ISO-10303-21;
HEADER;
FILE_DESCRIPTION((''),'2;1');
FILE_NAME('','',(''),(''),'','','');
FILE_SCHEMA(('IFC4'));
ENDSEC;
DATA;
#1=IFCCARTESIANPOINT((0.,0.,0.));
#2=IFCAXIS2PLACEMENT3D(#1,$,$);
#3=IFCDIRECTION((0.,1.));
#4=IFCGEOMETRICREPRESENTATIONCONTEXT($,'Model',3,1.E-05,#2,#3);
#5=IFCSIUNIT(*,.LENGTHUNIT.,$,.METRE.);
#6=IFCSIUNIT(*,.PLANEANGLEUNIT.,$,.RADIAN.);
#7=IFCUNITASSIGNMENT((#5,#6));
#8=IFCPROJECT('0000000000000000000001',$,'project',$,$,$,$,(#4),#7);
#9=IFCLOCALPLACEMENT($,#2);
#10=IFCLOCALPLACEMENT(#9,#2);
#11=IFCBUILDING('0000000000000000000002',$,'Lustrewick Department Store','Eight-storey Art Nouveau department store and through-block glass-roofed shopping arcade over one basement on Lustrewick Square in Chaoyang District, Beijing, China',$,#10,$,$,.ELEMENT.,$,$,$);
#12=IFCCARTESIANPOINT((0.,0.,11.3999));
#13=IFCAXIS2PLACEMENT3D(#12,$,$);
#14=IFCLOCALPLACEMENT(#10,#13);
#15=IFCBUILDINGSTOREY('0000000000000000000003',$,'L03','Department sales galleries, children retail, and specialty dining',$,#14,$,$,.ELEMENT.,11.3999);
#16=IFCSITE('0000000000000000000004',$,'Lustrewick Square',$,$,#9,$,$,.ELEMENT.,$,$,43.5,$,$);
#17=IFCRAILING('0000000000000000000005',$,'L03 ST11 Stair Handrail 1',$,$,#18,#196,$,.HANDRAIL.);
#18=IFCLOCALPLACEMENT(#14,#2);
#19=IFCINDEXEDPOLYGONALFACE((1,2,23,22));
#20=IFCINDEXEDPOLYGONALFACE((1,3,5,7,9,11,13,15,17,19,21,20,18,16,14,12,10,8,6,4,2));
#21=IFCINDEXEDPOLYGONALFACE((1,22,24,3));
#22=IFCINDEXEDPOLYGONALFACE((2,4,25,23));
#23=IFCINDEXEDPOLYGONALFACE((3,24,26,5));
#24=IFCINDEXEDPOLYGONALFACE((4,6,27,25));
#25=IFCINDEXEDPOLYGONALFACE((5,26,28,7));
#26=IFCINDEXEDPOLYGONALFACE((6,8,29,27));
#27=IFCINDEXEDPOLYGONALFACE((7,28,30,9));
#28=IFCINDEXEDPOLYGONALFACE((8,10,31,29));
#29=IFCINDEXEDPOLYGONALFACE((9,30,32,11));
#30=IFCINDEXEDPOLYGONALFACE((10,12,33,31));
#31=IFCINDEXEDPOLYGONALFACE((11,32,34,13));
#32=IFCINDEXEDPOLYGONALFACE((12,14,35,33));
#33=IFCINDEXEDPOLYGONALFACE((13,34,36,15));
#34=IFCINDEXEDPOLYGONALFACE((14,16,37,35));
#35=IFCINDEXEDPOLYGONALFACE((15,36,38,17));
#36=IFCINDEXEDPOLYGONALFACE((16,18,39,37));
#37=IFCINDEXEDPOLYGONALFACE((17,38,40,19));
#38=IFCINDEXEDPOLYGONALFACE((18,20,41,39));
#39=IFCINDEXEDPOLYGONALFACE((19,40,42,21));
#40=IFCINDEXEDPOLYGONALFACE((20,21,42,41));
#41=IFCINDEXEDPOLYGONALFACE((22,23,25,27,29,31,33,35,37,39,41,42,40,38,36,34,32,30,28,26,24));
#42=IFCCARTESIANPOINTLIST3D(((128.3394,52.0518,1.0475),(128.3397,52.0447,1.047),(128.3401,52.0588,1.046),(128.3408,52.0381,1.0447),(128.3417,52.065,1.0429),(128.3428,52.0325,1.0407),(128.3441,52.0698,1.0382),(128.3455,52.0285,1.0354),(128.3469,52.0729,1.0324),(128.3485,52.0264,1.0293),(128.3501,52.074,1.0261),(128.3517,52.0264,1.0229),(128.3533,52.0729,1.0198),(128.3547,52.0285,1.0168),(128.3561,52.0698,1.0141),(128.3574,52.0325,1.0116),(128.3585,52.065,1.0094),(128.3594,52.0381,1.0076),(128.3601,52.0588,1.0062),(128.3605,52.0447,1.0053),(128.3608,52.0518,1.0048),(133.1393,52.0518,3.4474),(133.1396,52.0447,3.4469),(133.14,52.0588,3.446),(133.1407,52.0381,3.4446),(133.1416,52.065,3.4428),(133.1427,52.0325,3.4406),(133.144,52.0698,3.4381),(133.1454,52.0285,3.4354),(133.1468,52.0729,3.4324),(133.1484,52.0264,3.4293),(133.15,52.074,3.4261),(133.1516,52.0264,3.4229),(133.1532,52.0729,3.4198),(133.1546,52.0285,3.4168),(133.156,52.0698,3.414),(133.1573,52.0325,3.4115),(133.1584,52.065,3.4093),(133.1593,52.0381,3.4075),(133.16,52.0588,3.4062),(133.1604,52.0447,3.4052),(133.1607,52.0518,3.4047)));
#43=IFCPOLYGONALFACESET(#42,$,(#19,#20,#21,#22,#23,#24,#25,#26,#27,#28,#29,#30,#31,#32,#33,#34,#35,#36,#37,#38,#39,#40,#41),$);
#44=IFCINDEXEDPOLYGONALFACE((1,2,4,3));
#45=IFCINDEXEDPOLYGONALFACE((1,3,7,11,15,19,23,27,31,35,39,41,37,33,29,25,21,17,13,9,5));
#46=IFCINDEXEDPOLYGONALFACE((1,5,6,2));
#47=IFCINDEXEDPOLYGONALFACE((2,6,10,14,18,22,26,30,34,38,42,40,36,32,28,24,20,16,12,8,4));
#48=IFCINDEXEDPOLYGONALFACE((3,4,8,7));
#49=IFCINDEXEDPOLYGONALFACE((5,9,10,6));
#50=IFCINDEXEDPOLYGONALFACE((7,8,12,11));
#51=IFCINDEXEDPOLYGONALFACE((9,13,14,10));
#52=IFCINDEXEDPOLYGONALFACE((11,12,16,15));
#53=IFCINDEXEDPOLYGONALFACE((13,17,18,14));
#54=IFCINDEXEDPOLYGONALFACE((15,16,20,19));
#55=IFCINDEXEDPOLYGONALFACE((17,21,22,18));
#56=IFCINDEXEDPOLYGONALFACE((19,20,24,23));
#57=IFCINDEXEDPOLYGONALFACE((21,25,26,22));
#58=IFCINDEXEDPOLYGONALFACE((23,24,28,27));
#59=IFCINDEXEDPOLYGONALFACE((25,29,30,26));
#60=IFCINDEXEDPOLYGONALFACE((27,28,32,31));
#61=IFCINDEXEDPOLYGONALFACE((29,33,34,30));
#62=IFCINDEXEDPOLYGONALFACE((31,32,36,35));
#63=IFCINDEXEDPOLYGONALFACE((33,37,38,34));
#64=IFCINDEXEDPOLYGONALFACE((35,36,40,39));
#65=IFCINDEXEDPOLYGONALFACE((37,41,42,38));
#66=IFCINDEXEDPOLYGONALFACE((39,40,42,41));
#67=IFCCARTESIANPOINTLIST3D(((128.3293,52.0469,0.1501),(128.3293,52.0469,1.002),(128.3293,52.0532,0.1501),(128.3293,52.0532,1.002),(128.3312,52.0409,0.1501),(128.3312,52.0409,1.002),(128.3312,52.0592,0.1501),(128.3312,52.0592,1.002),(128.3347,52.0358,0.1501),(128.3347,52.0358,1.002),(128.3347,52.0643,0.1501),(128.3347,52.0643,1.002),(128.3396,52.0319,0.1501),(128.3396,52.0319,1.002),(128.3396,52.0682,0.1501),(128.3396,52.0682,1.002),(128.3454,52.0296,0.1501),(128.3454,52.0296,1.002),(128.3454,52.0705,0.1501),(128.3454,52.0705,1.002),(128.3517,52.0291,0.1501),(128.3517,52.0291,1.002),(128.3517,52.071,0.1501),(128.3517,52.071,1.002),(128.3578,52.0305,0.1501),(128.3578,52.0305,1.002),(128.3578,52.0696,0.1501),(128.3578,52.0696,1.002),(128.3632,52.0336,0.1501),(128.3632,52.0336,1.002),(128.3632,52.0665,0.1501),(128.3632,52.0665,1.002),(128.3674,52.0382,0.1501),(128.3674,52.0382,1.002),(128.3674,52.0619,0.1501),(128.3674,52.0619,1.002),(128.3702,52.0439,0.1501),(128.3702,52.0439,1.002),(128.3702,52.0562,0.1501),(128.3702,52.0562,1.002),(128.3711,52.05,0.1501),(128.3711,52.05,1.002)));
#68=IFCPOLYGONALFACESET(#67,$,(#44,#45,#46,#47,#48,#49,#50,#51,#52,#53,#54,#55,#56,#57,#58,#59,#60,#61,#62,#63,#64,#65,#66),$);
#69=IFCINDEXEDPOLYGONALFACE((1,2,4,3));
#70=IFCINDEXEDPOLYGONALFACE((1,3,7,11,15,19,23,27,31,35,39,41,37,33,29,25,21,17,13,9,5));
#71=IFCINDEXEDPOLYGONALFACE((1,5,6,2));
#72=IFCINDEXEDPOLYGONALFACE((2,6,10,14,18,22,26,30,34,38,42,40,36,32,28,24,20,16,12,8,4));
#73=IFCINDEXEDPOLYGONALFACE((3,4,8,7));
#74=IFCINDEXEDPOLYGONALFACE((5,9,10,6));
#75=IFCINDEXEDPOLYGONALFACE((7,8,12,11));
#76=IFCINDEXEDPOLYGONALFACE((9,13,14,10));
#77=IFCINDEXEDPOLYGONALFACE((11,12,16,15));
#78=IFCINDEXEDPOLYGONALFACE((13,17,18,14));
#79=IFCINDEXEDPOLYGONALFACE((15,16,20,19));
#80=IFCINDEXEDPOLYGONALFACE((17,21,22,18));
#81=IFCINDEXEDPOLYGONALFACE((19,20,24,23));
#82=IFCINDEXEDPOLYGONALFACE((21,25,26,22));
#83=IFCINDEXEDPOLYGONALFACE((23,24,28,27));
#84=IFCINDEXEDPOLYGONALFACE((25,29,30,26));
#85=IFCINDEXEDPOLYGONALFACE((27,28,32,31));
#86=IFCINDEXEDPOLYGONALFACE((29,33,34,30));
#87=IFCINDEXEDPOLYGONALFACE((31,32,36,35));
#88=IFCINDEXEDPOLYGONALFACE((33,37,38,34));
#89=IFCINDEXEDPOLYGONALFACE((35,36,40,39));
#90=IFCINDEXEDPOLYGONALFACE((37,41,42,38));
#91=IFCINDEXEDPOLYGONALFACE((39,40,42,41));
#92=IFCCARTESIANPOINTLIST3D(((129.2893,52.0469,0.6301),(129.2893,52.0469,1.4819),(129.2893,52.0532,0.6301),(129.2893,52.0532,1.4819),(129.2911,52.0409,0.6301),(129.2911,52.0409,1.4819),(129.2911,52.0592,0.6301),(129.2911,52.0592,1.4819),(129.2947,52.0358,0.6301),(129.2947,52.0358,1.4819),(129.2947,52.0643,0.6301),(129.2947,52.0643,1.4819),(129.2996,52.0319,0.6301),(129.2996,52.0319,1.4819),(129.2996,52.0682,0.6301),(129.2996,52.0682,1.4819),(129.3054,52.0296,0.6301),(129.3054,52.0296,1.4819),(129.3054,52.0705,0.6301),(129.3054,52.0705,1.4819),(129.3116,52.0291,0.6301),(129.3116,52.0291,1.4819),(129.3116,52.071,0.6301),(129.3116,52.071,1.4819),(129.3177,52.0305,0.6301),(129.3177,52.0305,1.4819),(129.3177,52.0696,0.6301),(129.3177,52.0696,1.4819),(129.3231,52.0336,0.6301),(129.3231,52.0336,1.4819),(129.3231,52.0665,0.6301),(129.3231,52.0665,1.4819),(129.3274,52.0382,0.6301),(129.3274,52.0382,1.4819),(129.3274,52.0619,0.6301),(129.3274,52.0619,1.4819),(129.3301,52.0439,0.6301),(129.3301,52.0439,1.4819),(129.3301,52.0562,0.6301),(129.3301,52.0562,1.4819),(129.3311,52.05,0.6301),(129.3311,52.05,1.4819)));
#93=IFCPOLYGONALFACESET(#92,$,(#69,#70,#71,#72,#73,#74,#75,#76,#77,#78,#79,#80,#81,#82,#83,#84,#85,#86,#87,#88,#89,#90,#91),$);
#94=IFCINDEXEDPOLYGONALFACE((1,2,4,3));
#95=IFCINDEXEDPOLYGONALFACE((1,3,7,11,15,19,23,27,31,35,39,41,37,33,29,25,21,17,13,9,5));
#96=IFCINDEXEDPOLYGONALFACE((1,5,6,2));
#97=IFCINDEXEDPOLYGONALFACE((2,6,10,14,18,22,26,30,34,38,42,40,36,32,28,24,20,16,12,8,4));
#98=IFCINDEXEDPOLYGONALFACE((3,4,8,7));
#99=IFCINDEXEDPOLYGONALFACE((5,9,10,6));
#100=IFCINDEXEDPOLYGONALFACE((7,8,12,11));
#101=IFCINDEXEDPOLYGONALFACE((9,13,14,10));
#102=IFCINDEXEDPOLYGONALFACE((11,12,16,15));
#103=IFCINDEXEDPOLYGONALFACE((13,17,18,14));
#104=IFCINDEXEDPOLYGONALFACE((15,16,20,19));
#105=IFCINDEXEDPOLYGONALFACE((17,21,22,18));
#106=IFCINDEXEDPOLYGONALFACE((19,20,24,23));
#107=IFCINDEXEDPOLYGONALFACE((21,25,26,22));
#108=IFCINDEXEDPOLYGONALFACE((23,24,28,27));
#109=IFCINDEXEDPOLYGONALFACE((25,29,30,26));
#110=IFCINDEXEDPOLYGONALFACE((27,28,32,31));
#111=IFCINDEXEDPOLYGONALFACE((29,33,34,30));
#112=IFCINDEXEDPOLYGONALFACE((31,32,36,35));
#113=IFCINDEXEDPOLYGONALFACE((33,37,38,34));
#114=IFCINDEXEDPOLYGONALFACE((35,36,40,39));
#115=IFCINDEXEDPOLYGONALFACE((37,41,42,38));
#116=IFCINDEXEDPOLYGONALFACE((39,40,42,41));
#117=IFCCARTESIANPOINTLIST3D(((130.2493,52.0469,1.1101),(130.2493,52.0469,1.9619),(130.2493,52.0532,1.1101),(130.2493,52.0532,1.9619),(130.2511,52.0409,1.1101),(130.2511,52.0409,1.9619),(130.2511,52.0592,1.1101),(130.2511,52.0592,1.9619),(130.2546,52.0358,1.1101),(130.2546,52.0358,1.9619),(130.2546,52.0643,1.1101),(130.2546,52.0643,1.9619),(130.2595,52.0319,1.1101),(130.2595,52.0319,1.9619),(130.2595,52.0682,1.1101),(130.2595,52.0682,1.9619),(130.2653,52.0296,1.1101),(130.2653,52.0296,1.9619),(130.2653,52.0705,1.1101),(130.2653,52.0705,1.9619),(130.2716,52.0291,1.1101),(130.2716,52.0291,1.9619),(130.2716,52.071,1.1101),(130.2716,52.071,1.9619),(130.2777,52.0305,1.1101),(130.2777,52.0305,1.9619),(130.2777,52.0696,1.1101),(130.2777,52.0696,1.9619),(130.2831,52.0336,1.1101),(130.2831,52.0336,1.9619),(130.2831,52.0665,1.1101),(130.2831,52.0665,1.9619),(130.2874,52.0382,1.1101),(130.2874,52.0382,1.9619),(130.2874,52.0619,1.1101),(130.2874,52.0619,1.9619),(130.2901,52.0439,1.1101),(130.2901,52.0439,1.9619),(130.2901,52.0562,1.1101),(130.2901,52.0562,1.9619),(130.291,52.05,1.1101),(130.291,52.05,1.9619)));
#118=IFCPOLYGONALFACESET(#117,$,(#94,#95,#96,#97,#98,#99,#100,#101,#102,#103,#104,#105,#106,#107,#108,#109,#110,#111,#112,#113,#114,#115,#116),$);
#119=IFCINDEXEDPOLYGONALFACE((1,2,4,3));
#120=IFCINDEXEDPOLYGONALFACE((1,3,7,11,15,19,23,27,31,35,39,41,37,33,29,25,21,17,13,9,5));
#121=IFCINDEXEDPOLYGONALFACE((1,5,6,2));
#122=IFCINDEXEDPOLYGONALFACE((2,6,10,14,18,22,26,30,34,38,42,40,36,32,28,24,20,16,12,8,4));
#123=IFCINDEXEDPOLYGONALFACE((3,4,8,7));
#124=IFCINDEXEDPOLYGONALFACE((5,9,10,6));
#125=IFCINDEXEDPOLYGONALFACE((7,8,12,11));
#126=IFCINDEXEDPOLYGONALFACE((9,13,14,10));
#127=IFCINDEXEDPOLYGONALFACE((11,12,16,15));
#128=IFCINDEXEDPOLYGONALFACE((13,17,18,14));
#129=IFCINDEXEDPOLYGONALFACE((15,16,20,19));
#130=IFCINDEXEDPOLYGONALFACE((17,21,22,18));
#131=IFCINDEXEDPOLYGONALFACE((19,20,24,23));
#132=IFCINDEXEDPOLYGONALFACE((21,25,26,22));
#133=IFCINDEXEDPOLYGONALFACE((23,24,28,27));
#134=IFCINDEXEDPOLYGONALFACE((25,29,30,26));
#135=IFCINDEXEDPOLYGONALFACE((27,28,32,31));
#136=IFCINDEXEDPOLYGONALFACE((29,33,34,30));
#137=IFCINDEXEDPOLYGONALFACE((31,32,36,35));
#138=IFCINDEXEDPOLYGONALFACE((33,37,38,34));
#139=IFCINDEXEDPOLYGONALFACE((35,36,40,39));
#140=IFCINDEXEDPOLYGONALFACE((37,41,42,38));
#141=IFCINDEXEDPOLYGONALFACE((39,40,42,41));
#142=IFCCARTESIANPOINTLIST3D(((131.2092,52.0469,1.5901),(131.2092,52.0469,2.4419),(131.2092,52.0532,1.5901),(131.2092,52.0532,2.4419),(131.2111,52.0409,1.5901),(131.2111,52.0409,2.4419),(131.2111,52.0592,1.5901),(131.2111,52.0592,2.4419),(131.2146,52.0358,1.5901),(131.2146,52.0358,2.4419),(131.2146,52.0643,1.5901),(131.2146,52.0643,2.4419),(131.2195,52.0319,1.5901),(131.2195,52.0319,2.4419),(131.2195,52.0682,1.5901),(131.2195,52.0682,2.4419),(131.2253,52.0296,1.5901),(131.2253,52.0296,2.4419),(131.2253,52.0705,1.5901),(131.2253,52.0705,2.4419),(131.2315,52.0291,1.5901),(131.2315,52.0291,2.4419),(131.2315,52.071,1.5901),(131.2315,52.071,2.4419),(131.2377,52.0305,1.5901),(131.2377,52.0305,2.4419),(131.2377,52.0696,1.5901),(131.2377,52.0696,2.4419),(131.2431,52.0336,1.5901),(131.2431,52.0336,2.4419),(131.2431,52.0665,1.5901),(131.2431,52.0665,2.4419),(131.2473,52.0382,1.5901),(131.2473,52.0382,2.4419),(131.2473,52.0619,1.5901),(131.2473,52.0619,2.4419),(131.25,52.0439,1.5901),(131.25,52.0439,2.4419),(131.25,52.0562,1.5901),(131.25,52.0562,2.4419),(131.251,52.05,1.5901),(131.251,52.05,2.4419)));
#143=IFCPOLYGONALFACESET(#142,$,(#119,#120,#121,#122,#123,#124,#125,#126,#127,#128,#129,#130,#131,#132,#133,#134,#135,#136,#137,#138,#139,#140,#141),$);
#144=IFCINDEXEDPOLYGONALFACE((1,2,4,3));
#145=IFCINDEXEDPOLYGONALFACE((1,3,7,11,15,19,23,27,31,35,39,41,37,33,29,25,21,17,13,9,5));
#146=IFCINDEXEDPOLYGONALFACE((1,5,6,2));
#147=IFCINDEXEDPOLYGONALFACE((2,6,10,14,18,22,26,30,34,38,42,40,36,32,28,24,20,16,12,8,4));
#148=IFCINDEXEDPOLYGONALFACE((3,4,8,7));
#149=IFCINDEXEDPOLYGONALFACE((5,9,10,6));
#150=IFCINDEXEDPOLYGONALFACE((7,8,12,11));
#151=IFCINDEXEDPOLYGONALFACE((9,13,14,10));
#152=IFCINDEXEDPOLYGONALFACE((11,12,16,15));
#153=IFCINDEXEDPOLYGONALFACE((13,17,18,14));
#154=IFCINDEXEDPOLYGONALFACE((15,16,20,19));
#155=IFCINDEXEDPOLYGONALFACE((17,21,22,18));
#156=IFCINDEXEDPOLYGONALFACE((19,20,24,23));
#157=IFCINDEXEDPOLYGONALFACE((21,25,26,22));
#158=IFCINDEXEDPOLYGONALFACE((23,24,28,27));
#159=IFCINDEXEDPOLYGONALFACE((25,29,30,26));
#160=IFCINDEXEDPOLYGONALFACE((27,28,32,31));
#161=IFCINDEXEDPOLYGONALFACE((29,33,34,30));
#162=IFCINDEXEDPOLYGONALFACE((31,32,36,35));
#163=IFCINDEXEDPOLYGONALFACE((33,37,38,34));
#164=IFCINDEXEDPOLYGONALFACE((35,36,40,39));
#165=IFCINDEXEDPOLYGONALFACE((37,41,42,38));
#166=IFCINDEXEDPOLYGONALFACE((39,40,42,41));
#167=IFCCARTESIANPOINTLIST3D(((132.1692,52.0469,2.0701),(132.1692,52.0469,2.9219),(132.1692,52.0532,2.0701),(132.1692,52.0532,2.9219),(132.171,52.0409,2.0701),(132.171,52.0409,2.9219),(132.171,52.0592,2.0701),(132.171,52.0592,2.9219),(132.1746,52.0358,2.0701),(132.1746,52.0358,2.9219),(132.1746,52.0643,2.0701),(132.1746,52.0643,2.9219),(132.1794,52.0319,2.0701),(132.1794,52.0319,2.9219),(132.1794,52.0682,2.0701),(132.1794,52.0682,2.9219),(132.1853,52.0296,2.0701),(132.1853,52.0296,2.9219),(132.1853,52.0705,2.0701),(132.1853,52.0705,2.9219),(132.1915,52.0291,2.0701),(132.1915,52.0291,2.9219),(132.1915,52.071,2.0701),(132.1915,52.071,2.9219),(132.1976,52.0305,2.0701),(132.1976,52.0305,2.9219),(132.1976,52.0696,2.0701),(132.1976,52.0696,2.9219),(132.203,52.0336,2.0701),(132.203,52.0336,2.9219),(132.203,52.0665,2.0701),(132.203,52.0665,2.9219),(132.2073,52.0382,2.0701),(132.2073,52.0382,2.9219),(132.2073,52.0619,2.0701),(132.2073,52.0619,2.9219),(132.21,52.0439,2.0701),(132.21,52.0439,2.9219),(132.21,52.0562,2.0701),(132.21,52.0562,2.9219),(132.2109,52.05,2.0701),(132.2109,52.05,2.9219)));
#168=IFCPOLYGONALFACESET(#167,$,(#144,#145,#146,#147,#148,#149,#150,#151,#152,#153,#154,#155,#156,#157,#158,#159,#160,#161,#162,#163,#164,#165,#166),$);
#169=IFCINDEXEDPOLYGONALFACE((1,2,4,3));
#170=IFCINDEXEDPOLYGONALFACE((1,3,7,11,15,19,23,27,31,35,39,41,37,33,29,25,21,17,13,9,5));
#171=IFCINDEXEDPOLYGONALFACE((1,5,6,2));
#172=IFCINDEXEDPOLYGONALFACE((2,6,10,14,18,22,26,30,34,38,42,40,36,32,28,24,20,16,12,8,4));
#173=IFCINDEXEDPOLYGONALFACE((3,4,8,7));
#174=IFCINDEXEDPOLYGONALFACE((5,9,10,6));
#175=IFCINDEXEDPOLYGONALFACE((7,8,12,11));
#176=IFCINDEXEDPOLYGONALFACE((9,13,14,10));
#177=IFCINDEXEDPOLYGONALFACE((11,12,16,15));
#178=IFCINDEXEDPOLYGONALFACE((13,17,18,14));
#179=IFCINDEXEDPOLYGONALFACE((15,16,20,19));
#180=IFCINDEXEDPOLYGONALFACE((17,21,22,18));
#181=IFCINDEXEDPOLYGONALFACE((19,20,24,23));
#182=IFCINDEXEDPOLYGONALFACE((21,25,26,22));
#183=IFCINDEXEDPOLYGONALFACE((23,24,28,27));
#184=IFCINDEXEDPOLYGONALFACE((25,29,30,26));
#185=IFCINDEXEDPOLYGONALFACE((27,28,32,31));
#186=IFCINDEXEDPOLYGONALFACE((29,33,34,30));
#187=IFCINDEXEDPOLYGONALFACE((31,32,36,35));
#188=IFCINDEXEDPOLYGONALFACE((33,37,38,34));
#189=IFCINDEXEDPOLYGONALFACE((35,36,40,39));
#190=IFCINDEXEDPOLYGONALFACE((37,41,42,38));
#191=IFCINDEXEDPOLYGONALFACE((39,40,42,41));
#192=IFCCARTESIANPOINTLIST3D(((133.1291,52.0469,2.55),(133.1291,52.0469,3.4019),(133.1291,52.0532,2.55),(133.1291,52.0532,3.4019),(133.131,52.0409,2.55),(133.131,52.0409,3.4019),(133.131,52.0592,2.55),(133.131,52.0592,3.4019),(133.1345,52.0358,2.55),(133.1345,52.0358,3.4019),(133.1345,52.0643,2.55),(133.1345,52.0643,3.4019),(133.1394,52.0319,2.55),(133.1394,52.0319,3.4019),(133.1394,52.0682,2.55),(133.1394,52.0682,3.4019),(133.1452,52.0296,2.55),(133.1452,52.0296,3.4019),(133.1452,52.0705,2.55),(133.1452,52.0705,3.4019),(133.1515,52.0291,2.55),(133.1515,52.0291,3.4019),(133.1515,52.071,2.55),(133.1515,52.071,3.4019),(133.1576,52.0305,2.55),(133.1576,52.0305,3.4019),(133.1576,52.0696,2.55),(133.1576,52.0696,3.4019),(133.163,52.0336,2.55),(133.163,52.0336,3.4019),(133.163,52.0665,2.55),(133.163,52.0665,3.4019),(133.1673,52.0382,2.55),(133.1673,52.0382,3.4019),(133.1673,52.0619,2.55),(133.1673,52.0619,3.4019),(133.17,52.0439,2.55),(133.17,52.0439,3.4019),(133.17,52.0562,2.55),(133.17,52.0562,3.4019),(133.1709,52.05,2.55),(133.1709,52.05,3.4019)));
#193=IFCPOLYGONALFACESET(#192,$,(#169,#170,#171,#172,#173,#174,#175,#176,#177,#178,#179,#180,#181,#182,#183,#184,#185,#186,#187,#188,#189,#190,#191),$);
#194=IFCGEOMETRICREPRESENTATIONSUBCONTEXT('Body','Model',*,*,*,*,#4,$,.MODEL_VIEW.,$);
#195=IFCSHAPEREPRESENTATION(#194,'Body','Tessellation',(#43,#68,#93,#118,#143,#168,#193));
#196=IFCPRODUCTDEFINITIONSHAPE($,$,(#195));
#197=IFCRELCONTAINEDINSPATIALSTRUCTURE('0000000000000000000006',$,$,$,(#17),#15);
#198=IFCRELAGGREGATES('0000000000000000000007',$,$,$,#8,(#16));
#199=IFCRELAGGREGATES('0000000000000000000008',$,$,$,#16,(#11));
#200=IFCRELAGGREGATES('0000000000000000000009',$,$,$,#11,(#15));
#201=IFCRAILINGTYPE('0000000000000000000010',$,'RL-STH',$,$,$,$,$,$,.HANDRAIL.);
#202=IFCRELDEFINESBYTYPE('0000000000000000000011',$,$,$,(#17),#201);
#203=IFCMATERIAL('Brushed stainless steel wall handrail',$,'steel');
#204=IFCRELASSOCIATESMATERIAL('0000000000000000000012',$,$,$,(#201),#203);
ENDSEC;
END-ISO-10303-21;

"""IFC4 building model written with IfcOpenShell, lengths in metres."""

from ifc_helpers import new_model, si_unit, direction, frame, origin, origin_2d, place, context, subcontext, project, spatial, circle, extrude, material, type_object, element, save


model = new_model("IFC4")

# Units and contexts
model_context = context("Model", 3, precision=1e-05, world=origin(), true_north=direction((0.0, 1.0)))
body_context = subcontext(model_context, "Body", "Model", "MODEL_VIEW")
ifc_project = project(units=[si_unit("LENGTHUNIT", "METRE"), si_unit("PLANEANGLEUNIT", "RADIAN")], contexts=[model_context])

# Site, building, storey
site_placement = place(None, origin())
site = spatial("IfcSite", under=ifc_project, at=site_placement, Name="Lustrewick Square", CompositionType="ELEMENT", RefElevation=43.5)
building_placement = place(site_placement, origin())
building = spatial("IfcBuilding", under=site, at=building_placement, Name="Lustrewick Department Store", Description="Eight-storey Art Nouveau department store and through-block glass-roofed shopping arcade over one basement on Lustrewick Square in Chaoyang District, Beijing, China", CompositionType="ELEMENT")
storey_placement = place(building_placement, frame((0.0, 0.0, 11.3999)))
storey = spatial("IfcBuildingStorey", under=building, at=storey_placement, Name="L03", Description="Department sales galleries, children retail, and specialty dining", CompositionType="ELEMENT", Elevation=11.3999)

# Railing
ifc_material_1 = material(Name="Brushed stainless steel wall handrail", Category="steel")
railing_type_1 = type_object("IfcRailingType", Name="RL-STH", PredefinedType="HANDRAIL", material=ifc_material_1)
railing_1_placement = place(storey_placement, frame((128.3501, 52.05, 0.1501)))
element("IfcRailing", 1, at=railing_1_placement, inside=storey, type_object=railing_type_1, Name="L03 ST11 Stair Handrail 1", PredefinedType="HANDRAIL", context=body_context, shape_type="SweptSolid", body=[
    extrude(circle(Radius=0.0239, at=origin_2d()), frame((0.0, 0.0, 0.876), z_axis=(0.894427, 0.0, 0.447214), x_axis=(0.0, 1.0, 0.0)), (0.0, 0.0, 1.0), 5.3665),
    extrude(circle(Radius=0.021, at=origin_2d()), origin(), (0.0, 0.0, 1.0), 0.8518),
    extrude(circle(Radius=0.021, at=origin_2d()), frame((0.96, 0.0, 0.48)), (0.0, 0.0, 1.0), 0.8518),
    extrude(circle(Radius=0.021, at=origin_2d()), frame((1.9199, 0.0, 0.96)), (0.0, 0.0, 1.0), 0.8518),
    extrude(circle(Radius=0.021, at=origin_2d()), frame((2.8799, 0.0, 1.4399)), (0.0, 0.0, 1.0), 0.8518),
    extrude(circle(Radius=0.021, at=origin_2d()), frame((3.8398, 0.0, 1.9199)), (0.0, 0.0, 1.0), 0.8518),
    extrude(circle(Radius=0.021, at=origin_2d()), frame((4.7998, 0.0, 2.3999)), (0.0, 0.0, 1.0), 0.8518),
])

save(model, "model.ifc")
